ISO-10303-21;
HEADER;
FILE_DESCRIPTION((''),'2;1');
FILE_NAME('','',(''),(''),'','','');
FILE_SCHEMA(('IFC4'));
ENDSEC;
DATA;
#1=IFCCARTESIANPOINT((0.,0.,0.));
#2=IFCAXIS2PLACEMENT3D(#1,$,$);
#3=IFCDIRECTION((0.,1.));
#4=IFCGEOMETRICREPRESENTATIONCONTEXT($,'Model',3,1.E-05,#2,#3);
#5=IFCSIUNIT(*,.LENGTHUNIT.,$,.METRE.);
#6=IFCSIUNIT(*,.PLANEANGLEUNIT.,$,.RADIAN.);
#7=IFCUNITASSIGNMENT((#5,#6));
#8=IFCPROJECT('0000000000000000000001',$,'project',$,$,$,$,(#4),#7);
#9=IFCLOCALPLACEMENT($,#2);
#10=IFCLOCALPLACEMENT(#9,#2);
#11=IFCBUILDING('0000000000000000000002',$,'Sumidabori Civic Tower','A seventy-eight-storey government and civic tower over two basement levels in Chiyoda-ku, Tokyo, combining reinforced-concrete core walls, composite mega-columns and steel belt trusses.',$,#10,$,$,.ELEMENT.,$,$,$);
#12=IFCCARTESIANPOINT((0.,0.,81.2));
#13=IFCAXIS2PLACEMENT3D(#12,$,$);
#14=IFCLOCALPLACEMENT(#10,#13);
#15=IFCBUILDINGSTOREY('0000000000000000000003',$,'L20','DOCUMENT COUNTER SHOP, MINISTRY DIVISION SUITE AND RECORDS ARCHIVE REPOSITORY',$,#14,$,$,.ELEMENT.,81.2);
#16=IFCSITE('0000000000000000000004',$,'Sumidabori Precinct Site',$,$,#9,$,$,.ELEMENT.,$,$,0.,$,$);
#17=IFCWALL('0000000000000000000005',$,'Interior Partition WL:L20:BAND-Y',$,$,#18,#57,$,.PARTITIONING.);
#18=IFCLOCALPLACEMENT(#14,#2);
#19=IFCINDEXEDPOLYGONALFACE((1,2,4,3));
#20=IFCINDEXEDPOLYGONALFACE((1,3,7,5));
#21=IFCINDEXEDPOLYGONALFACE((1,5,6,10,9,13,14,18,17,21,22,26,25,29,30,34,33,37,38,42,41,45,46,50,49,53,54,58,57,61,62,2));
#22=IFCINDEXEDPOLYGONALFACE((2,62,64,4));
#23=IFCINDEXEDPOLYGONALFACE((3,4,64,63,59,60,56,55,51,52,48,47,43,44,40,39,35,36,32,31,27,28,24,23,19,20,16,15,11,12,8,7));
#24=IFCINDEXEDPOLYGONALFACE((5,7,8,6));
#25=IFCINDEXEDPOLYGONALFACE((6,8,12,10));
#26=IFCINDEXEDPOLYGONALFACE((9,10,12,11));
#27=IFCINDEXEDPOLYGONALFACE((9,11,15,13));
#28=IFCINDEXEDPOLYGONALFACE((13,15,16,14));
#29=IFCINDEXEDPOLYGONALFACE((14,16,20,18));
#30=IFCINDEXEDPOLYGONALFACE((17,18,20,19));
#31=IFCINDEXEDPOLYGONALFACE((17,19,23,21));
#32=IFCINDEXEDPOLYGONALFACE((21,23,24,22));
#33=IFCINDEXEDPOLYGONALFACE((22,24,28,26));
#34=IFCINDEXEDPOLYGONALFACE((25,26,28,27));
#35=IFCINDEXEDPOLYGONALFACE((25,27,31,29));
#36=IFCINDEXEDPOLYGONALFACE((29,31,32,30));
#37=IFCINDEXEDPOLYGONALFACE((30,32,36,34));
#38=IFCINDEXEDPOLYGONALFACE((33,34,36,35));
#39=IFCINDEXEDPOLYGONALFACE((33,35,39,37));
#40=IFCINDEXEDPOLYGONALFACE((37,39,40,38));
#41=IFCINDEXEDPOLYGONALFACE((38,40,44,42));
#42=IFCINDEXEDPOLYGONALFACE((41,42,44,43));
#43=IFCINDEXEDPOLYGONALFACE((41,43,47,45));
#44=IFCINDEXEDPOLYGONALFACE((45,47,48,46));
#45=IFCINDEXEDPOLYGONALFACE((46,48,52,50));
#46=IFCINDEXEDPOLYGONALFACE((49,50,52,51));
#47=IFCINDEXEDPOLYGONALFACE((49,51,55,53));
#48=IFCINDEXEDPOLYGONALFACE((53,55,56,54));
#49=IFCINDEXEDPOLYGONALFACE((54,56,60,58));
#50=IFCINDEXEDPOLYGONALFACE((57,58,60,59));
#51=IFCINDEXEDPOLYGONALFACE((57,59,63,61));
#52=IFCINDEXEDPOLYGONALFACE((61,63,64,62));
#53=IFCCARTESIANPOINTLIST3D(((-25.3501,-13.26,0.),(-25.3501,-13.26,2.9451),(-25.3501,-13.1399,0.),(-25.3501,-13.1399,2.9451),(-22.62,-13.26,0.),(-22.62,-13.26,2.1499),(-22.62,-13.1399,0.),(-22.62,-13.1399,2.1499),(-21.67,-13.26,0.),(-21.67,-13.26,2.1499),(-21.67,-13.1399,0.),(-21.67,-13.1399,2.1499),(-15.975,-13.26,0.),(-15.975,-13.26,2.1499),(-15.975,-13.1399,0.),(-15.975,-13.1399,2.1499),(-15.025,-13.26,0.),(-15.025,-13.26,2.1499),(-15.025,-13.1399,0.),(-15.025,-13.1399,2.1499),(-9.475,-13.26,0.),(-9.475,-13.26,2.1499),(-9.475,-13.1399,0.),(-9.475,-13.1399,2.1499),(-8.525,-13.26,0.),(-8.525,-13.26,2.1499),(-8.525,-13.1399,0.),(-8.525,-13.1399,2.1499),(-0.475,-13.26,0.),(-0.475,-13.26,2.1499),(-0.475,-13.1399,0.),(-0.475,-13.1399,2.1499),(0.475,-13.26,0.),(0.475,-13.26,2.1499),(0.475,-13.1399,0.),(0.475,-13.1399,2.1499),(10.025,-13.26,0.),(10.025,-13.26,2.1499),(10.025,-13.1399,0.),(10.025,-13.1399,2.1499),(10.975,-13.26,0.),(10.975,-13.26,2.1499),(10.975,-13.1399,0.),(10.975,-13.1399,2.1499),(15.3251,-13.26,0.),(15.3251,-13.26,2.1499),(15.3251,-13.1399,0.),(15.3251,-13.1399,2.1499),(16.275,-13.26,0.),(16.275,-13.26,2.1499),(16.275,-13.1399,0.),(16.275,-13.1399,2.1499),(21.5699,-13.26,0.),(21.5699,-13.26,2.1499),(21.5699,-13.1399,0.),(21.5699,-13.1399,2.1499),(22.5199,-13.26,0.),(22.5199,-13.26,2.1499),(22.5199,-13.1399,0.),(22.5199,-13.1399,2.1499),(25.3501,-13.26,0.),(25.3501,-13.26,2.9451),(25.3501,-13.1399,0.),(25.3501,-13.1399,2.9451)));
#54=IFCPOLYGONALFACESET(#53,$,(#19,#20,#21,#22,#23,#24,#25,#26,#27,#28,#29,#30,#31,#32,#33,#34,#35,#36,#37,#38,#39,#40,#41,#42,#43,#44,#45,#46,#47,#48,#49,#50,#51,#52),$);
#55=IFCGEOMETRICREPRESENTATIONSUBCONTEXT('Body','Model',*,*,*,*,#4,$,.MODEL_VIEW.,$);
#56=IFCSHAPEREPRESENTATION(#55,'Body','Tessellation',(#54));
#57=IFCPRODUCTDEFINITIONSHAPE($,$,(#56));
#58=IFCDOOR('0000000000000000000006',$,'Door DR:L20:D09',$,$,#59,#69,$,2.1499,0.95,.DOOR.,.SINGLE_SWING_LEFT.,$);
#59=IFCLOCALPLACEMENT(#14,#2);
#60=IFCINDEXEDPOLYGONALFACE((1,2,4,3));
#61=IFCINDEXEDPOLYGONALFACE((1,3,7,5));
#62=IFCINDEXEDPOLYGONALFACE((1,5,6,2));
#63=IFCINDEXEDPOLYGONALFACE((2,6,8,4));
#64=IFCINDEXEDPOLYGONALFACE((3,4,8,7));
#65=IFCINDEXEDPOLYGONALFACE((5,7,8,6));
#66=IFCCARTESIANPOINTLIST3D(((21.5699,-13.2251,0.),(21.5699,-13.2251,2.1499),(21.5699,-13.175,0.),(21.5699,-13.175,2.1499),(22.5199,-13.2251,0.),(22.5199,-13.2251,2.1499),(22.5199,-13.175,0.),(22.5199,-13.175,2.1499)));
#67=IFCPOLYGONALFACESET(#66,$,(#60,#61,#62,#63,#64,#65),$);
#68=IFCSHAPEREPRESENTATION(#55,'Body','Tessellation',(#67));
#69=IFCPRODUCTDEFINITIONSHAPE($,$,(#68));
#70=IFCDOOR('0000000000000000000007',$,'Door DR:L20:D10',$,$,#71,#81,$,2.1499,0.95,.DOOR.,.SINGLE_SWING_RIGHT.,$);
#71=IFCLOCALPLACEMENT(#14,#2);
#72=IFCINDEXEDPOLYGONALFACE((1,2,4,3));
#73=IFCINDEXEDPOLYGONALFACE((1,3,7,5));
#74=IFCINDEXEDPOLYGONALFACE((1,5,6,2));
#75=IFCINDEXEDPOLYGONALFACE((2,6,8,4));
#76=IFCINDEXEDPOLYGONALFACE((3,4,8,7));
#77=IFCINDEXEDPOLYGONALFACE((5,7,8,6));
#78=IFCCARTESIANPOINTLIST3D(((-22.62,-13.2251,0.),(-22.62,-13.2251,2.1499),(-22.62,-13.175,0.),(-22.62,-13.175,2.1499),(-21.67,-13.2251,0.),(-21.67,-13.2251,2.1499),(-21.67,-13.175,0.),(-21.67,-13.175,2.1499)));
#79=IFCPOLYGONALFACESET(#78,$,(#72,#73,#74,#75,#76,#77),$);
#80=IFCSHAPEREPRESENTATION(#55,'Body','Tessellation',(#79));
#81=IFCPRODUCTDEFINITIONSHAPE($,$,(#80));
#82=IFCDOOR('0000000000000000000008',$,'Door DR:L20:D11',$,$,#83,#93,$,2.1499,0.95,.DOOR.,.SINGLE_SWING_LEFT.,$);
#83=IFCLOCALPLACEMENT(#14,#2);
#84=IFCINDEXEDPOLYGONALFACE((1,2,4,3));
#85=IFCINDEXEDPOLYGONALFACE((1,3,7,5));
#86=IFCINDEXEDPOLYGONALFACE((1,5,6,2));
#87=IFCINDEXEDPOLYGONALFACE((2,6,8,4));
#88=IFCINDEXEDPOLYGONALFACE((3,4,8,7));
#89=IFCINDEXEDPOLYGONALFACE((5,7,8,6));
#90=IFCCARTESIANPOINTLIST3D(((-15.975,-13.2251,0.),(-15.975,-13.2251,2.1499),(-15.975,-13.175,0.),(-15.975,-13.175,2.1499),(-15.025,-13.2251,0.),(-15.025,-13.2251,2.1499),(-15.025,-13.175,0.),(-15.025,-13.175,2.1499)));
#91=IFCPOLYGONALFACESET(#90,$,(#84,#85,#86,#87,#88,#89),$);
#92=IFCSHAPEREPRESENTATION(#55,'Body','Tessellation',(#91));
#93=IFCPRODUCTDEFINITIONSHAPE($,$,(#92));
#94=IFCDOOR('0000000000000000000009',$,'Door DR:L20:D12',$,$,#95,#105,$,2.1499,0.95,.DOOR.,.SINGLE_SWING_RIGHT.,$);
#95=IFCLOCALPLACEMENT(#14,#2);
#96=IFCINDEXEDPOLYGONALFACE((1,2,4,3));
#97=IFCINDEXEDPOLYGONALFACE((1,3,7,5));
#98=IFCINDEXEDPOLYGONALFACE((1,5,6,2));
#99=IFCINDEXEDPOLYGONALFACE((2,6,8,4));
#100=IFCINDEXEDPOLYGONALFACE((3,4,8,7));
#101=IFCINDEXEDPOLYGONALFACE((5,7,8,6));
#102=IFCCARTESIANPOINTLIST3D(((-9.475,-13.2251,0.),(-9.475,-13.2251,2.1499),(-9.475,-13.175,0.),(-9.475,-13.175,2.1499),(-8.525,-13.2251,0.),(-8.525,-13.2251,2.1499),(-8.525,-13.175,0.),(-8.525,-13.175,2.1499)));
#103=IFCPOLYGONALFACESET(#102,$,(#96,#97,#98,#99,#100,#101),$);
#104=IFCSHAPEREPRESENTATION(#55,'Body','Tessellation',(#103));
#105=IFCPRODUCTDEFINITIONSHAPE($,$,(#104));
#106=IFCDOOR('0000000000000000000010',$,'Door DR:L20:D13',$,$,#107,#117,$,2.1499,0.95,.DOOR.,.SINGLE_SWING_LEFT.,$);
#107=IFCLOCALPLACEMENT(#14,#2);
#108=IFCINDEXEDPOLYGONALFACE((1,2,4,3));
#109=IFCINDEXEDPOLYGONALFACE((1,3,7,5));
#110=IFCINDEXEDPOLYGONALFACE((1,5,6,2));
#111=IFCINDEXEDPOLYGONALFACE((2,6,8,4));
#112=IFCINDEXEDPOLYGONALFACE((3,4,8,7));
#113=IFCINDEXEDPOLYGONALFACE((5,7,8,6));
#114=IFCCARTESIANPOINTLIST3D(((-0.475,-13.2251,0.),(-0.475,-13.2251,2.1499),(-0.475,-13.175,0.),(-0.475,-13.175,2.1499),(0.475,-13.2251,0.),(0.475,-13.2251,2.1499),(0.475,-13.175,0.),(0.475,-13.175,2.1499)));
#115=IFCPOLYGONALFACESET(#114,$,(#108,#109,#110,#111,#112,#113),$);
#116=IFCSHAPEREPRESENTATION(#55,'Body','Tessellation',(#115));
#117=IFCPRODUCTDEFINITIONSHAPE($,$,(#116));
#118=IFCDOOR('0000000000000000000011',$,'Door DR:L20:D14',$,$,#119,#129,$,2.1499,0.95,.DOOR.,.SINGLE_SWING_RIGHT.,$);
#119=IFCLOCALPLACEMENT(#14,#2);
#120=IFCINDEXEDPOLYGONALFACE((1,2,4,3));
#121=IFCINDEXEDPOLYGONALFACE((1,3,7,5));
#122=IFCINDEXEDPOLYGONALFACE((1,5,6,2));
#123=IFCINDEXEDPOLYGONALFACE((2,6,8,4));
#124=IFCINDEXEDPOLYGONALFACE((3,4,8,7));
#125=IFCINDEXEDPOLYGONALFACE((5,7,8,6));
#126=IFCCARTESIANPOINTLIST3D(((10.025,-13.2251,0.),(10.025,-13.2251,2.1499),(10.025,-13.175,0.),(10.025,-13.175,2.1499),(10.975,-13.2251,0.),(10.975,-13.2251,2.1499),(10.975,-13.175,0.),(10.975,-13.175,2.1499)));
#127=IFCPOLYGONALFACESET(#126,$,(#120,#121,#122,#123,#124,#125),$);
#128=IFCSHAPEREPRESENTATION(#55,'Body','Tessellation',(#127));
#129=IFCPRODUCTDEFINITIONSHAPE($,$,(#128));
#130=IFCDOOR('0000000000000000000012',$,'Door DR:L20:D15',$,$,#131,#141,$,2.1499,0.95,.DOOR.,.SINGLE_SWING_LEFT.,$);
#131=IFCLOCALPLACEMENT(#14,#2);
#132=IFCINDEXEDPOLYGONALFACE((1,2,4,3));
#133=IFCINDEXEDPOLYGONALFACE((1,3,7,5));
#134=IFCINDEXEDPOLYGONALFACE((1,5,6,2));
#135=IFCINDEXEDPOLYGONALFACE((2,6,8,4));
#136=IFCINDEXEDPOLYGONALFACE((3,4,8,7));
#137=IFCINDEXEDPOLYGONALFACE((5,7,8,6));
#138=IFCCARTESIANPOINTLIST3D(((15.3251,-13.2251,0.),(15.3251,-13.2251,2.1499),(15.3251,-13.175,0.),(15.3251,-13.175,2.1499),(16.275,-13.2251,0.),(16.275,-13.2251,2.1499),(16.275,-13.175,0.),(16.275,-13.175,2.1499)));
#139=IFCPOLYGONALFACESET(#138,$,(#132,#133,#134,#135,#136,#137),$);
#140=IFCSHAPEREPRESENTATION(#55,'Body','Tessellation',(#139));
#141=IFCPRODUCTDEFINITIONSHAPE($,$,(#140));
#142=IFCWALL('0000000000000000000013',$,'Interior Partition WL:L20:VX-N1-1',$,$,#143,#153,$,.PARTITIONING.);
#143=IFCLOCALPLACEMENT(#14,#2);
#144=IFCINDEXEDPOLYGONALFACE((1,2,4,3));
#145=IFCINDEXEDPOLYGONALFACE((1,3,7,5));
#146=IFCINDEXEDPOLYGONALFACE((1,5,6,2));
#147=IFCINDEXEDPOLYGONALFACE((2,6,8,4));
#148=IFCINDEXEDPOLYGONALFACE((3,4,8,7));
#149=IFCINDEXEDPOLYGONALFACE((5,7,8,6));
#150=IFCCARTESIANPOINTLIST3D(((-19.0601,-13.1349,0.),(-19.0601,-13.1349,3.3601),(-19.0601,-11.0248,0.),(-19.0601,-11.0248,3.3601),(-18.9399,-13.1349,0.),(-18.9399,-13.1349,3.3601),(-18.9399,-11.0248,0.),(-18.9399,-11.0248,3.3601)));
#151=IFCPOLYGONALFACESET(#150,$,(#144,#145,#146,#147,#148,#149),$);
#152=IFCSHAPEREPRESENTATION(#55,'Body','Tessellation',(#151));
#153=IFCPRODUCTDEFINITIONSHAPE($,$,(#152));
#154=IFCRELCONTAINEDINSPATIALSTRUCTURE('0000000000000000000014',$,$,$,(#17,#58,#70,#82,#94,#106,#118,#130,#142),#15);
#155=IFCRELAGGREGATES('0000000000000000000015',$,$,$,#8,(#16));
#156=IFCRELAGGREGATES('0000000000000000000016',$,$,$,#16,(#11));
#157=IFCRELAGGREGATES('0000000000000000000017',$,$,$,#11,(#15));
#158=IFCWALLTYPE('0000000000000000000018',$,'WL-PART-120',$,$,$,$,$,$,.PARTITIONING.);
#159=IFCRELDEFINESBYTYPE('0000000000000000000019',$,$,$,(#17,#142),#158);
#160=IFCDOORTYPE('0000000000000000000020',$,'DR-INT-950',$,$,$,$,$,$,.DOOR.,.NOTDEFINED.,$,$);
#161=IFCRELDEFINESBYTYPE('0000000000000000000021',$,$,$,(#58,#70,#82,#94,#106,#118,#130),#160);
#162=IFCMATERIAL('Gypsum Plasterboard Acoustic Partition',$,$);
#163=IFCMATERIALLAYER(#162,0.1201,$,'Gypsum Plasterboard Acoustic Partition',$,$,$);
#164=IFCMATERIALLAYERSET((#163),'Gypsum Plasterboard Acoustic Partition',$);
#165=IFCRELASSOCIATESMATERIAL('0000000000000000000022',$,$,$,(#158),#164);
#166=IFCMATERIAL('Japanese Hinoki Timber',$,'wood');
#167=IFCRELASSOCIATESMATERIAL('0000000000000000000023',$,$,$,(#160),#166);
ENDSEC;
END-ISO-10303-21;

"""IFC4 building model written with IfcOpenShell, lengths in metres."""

from ifc_helpers import new_model, si_unit, direction, frame, frame_2d, origin, place, context, subcontext, project, spatial, rectangle, extrude, source, transform, mapped, material, layer, layer_set, type_object, element, fill, save


model = new_model("IFC4")

# Units and contexts
model_context = context("Model", 3, precision=1e-05, world=origin(), true_north=direction((0.0, 1.0)))
body_context = subcontext(model_context, "Body", "Model", "MODEL_VIEW")
ifc_project = project(units=[si_unit("LENGTHUNIT", "METRE"), si_unit("PLANEANGLEUNIT", "RADIAN")], contexts=[model_context])

# Site, building, storey
site_placement = place(None, origin())
site = spatial("IfcSite", under=ifc_project, at=site_placement, Name="Sumidabori Precinct Site", CompositionType="ELEMENT", RefElevation=0.0)
building_placement = place(site_placement, origin())
building = spatial("IfcBuilding", under=site, at=building_placement, Name="Sumidabori Civic Tower", Description="A seventy-eight-storey government and civic tower over two basement levels in Chiyoda-ku, Tokyo, combining reinforced-concrete core walls, composite mega-columns and steel belt trusses.", CompositionType="ELEMENT")
storey_placement = place(building_placement, frame((0.0, 0.0, 81.2)))
storey = spatial("IfcBuildingStorey", under=building, at=storey_placement, Name="L20", Description="DOCUMENT COUNTER SHOP, MINISTRY DIVISION SUITE AND RECORDS ARCHIVE REPOSITORY", CompositionType="ELEMENT", Elevation=81.2)

# Wall, openings, doors
ifc_material_1 = material(Name="Gypsum Plasterboard Acoustic Partition")
ifc_layer_1 = layer(ifc_material_1, 0.1201, Name="Gypsum Plasterboard Acoustic Partition")
ifc_layer_set_1 = layer_set([ifc_layer_1], Name="Gypsum Plasterboard Acoustic Partition")
wall_type_1 = type_object("IfcWallType", Name="WL-PART-120", PredefinedType="PARTITIONING", material=ifc_layer_set_1)
shared_shape_1 = source(origin(), body_context, "Body", "SweptSolid", [
    extrude(rectangle(XDim=50.7002, YDim=0.1201, at=frame_2d((25.3501, 0.0))), origin(), (0.0, 0.0, 1.0), 2.9451),
])
wall_1_placement = place(storey_placement, frame((-25.3501, -13.2, 0.0), z_axis=(0.0, 0.0, 1.0), x_axis=(1.0, 0.0, 0.0)))
wall_1 = element("IfcWall", 1, at=wall_1_placement, inside=storey, type_object=wall_type_1, Name="Interior Partition WL:L20:BAND-Y", PredefinedType="PARTITIONING", context=body_context, shape_type="MappedRepresentation", body=[
    mapped(shared_shape_1, transform((0.0, 0.0, 0.0), x_axis=(1.0, 0.0, 0.0), y_axis=(0.0, 1.0, 0.0), z_axis=(0.0, 0.0, 1.0), scale=1.0)),
])
opening_1_placement = place(wall_1_placement, frame((46.9199, 0.0, 0.0)))
opening_1 = element("IfcOpeningElement", 2, at=opening_1_placement, cuts=wall_1, PredefinedType="OPENING", context=body_context, shape_type="SweptSolid", body=[
    extrude(rectangle(XDim=0.95, YDim=2.1499, at=frame_2d((0.4751, 1.075))), frame((0.0, 0.072, 0.0), z_axis=(0.0, -1.0, 0.0), x_axis=(1.0, 0.0, 0.0)), (0.0, 0.0, 1.0), 0.144),
])
opening_2_placement = place(wall_1_placement, frame((2.73, 0.0, 0.0)))
opening_2 = element("IfcOpeningElement", 3, at=opening_2_placement, cuts=wall_1, PredefinedType="OPENING", context=body_context, shape_type="SweptSolid", body=[
    extrude(rectangle(XDim=0.95, YDim=2.1499, at=frame_2d((0.4751, 1.075))), frame((0.0, 0.072, 0.0), z_axis=(0.0, -1.0, 0.0), x_axis=(1.0, 0.0, 0.0)), (0.0, 0.0, 1.0), 0.144),
])
opening_3_placement = place(wall_1_placement, frame((9.375, 0.0, 0.0)))
opening_3 = element("IfcOpeningElement", 4, at=opening_3_placement, cuts=wall_1, PredefinedType="OPENING", context=body_context, shape_type="SweptSolid", body=[
    extrude(rectangle(XDim=0.95, YDim=2.1499, at=frame_2d((0.4751, 1.075))), frame((0.0, 0.072, 0.0), z_axis=(0.0, -1.0, 0.0), x_axis=(1.0, 0.0, 0.0)), (0.0, 0.0, 1.0), 0.144),
])
opening_4_placement = place(wall_1_placement, frame((15.875, 0.0, 0.0)))
opening_4 = element("IfcOpeningElement", 5, at=opening_4_placement, cuts=wall_1, PredefinedType="OPENING", context=body_context, shape_type="SweptSolid", body=[
    extrude(rectangle(XDim=0.95, YDim=2.1499, at=frame_2d((0.4751, 1.075))), frame((0.0, 0.072, 0.0), z_axis=(0.0, -1.0, 0.0), x_axis=(1.0, 0.0, 0.0)), (0.0, 0.0, 1.0), 0.144),
])
opening_5_placement = place(wall_1_placement, frame((24.875, 0.0, 0.0)))
opening_5 = element("IfcOpeningElement", 6, at=opening_5_placement, cuts=wall_1, PredefinedType="OPENING", context=body_context, shape_type="SweptSolid", body=[
    extrude(rectangle(XDim=0.95, YDim=2.1499, at=frame_2d((0.4751, 1.075))), frame((0.0, 0.072, 0.0), z_axis=(0.0, -1.0, 0.0), x_axis=(1.0, 0.0, 0.0)), (0.0, 0.0, 1.0), 0.144),
])
opening_6_placement = place(wall_1_placement, frame((35.375, 0.0, 0.0)))
opening_6 = element("IfcOpeningElement", 7, at=opening_6_placement, cuts=wall_1, PredefinedType="OPENING", context=body_context, shape_type="SweptSolid", body=[
    extrude(rectangle(XDim=0.95, YDim=2.1499, at=frame_2d((0.4751, 1.075))), frame((0.0, 0.072, 0.0), z_axis=(0.0, -1.0, 0.0), x_axis=(1.0, 0.0, 0.0)), (0.0, 0.0, 1.0), 0.144),
])
opening_7_placement = place(wall_1_placement, frame((40.675, 0.0, 0.0)))
opening_7 = element("IfcOpeningElement", 8, at=opening_7_placement, cuts=wall_1, PredefinedType="OPENING", context=body_context, shape_type="SweptSolid", body=[
    extrude(rectangle(XDim=0.95, YDim=2.1499, at=frame_2d((0.4751, 1.075))), frame((0.0, 0.072, 0.0), z_axis=(0.0, -1.0, 0.0), x_axis=(1.0, 0.0, 0.0)), (0.0, 0.0, 1.0), 0.144),
])
ifc_material_2 = material(Name="Japanese Hinoki Timber", Category="wood")
door_type = type_object("IfcDoorType", Name="DR-INT-950", OperationType="NOTDEFINED", PredefinedType="DOOR", material=ifc_material_2)
shared_shape_2 = source(origin(), body_context, "Body", "SweptSolid", [
    extrude(rectangle(XDim=0.95, YDim=2.1499, at=frame_2d((0.4751, 1.075))), frame((0.0, 0.0249, 0.0), z_axis=(0.0, -1.0, 0.0), x_axis=(1.0, 0.0, 0.0)), (0.0, 0.0, 1.0), 0.05),
])
door_1_placement = place(opening_1_placement, origin())
door_1 = element("IfcDoor", 9, at=door_1_placement, inside=storey, type_object=door_type, Name="Door DR:L20:D09", OperationType="SINGLE_SWING_LEFT", OverallHeight=2.1499, OverallWidth=0.95, PredefinedType="DOOR", context=body_context, shape_type="MappedRepresentation", body=[
    mapped(shared_shape_2, transform((0.0, 0.0, 0.0), x_axis=(1.0, 0.0, 0.0), y_axis=(0.0, 1.0, 0.0), z_axis=(0.0, 0.0, 1.0), scale=1.0)),
])
fill(opening_1, door_1)
door_2_placement = place(opening_2_placement, origin())
door_2 = element("IfcDoor", 10, at=door_2_placement, inside=storey, type_object=door_type, Name="Door DR:L20:D10", OperationType="SINGLE_SWING_RIGHT", OverallHeight=2.1499, OverallWidth=0.95, PredefinedType="DOOR", context=body_context, shape_type="MappedRepresentation", body=[
    mapped(shared_shape_2, transform((0.0, 0.0, 0.0), x_axis=(1.0, 0.0, 0.0), y_axis=(0.0, 1.0, 0.0), z_axis=(0.0, 0.0, 1.0), scale=1.0)),
])
fill(opening_2, door_2)
door_3_placement = place(opening_3_placement, origin())
door_3 = element("IfcDoor", 11, at=door_3_placement, inside=storey, type_object=door_type, Name="Door DR:L20:D11", OperationType="SINGLE_SWING_LEFT", OverallHeight=2.1499, OverallWidth=0.95, PredefinedType="DOOR", context=body_context, shape_type="MappedRepresentation", body=[
    mapped(shared_shape_2, transform((0.0, 0.0, 0.0), x_axis=(1.0, 0.0, 0.0), y_axis=(0.0, 1.0, 0.0), z_axis=(0.0, 0.0, 1.0), scale=1.0)),
])
fill(opening_3, door_3)
door_4_placement = place(opening_4_placement, origin())
door_4 = element("IfcDoor", 12, at=door_4_placement, inside=storey, type_object=door_type, Name="Door DR:L20:D12", OperationType="SINGLE_SWING_RIGHT", OverallHeight=2.1499, OverallWidth=0.95, PredefinedType="DOOR", context=body_context, shape_type="MappedRepresentation", body=[
    mapped(shared_shape_2, transform((0.0, 0.0, 0.0), x_axis=(1.0, 0.0, 0.0), y_axis=(0.0, 1.0, 0.0), z_axis=(0.0, 0.0, 1.0), scale=1.0)),
])
fill(opening_4, door_4)
door_5_placement = place(opening_5_placement, origin())
door_5 = element("IfcDoor", 13, at=door_5_placement, inside=storey, type_object=door_type, Name="Door DR:L20:D13", OperationType="SINGLE_SWING_LEFT", OverallHeight=2.1499, OverallWidth=0.95, PredefinedType="DOOR", context=body_context, shape_type="MappedRepresentation", body=[
    mapped(shared_shape_2, transform((0.0, 0.0, 0.0), x_axis=(1.0, 0.0, 0.0), y_axis=(0.0, 1.0, 0.0), z_axis=(0.0, 0.0, 1.0), scale=1.0)),
])
fill(opening_5, door_5)
door_6_placement = place(opening_6_placement, origin())
door_6 = element("IfcDoor", 14, at=door_6_placement, inside=storey, type_object=door_type, Name="Door DR:L20:D14", OperationType="SINGLE_SWING_RIGHT", OverallHeight=2.1499, OverallWidth=0.95, PredefinedType="DOOR", context=body_context, shape_type="MappedRepresentation", body=[
    mapped(shared_shape_2, transform((0.0, 0.0, 0.0), x_axis=(1.0, 0.0, 0.0), y_axis=(0.0, 1.0, 0.0), z_axis=(0.0, 0.0, 1.0), scale=1.0)),
])
fill(opening_6, door_6)
door_7_placement = place(opening_7_placement, origin())
door_7 = element("IfcDoor", 15, at=door_7_placement, inside=storey, type_object=door_type, Name="Door DR:L20:D15", OperationType="SINGLE_SWING_LEFT", OverallHeight=2.1499, OverallWidth=0.95, PredefinedType="DOOR", context=body_context, shape_type="MappedRepresentation", body=[
    mapped(shared_shape_2, transform((0.0, 0.0, 0.0), x_axis=(1.0, 0.0, 0.0), y_axis=(0.0, 1.0, 0.0), z_axis=(0.0, 0.0, 1.0), scale=1.0)),
])
fill(opening_7, door_7)

# Wall
shared_shape_3 = source(origin(), body_context, "Body", "SweptSolid", [
    extrude(rectangle(XDim=2.1101, YDim=0.1201, at=frame_2d((1.0552, 0.0))), origin(), (0.0, 0.0, 1.0), 3.3601),
])
wall_2_placement = place(storey_placement, frame((-19.0, -13.135, 0.0), z_axis=(0.0, 0.0, 1.0), x_axis=(0.0, 1.0, 0.0)))
element("IfcWall", 16, at=wall_2_placement, inside=storey, type_object=wall_type_1, Name="Interior Partition WL:L20:VX-N1-1", PredefinedType="PARTITIONING", context=body_context, shape_type="MappedRepresentation", body=[
    mapped(shared_shape_3, transform((0.0, 0.0, 0.0), x_axis=(1.0, 0.0, 0.0), y_axis=(0.0, 1.0, 0.0), z_axis=(0.0, 0.0, 1.0), scale=1.0)),
])

save(model, "model.ifc")
